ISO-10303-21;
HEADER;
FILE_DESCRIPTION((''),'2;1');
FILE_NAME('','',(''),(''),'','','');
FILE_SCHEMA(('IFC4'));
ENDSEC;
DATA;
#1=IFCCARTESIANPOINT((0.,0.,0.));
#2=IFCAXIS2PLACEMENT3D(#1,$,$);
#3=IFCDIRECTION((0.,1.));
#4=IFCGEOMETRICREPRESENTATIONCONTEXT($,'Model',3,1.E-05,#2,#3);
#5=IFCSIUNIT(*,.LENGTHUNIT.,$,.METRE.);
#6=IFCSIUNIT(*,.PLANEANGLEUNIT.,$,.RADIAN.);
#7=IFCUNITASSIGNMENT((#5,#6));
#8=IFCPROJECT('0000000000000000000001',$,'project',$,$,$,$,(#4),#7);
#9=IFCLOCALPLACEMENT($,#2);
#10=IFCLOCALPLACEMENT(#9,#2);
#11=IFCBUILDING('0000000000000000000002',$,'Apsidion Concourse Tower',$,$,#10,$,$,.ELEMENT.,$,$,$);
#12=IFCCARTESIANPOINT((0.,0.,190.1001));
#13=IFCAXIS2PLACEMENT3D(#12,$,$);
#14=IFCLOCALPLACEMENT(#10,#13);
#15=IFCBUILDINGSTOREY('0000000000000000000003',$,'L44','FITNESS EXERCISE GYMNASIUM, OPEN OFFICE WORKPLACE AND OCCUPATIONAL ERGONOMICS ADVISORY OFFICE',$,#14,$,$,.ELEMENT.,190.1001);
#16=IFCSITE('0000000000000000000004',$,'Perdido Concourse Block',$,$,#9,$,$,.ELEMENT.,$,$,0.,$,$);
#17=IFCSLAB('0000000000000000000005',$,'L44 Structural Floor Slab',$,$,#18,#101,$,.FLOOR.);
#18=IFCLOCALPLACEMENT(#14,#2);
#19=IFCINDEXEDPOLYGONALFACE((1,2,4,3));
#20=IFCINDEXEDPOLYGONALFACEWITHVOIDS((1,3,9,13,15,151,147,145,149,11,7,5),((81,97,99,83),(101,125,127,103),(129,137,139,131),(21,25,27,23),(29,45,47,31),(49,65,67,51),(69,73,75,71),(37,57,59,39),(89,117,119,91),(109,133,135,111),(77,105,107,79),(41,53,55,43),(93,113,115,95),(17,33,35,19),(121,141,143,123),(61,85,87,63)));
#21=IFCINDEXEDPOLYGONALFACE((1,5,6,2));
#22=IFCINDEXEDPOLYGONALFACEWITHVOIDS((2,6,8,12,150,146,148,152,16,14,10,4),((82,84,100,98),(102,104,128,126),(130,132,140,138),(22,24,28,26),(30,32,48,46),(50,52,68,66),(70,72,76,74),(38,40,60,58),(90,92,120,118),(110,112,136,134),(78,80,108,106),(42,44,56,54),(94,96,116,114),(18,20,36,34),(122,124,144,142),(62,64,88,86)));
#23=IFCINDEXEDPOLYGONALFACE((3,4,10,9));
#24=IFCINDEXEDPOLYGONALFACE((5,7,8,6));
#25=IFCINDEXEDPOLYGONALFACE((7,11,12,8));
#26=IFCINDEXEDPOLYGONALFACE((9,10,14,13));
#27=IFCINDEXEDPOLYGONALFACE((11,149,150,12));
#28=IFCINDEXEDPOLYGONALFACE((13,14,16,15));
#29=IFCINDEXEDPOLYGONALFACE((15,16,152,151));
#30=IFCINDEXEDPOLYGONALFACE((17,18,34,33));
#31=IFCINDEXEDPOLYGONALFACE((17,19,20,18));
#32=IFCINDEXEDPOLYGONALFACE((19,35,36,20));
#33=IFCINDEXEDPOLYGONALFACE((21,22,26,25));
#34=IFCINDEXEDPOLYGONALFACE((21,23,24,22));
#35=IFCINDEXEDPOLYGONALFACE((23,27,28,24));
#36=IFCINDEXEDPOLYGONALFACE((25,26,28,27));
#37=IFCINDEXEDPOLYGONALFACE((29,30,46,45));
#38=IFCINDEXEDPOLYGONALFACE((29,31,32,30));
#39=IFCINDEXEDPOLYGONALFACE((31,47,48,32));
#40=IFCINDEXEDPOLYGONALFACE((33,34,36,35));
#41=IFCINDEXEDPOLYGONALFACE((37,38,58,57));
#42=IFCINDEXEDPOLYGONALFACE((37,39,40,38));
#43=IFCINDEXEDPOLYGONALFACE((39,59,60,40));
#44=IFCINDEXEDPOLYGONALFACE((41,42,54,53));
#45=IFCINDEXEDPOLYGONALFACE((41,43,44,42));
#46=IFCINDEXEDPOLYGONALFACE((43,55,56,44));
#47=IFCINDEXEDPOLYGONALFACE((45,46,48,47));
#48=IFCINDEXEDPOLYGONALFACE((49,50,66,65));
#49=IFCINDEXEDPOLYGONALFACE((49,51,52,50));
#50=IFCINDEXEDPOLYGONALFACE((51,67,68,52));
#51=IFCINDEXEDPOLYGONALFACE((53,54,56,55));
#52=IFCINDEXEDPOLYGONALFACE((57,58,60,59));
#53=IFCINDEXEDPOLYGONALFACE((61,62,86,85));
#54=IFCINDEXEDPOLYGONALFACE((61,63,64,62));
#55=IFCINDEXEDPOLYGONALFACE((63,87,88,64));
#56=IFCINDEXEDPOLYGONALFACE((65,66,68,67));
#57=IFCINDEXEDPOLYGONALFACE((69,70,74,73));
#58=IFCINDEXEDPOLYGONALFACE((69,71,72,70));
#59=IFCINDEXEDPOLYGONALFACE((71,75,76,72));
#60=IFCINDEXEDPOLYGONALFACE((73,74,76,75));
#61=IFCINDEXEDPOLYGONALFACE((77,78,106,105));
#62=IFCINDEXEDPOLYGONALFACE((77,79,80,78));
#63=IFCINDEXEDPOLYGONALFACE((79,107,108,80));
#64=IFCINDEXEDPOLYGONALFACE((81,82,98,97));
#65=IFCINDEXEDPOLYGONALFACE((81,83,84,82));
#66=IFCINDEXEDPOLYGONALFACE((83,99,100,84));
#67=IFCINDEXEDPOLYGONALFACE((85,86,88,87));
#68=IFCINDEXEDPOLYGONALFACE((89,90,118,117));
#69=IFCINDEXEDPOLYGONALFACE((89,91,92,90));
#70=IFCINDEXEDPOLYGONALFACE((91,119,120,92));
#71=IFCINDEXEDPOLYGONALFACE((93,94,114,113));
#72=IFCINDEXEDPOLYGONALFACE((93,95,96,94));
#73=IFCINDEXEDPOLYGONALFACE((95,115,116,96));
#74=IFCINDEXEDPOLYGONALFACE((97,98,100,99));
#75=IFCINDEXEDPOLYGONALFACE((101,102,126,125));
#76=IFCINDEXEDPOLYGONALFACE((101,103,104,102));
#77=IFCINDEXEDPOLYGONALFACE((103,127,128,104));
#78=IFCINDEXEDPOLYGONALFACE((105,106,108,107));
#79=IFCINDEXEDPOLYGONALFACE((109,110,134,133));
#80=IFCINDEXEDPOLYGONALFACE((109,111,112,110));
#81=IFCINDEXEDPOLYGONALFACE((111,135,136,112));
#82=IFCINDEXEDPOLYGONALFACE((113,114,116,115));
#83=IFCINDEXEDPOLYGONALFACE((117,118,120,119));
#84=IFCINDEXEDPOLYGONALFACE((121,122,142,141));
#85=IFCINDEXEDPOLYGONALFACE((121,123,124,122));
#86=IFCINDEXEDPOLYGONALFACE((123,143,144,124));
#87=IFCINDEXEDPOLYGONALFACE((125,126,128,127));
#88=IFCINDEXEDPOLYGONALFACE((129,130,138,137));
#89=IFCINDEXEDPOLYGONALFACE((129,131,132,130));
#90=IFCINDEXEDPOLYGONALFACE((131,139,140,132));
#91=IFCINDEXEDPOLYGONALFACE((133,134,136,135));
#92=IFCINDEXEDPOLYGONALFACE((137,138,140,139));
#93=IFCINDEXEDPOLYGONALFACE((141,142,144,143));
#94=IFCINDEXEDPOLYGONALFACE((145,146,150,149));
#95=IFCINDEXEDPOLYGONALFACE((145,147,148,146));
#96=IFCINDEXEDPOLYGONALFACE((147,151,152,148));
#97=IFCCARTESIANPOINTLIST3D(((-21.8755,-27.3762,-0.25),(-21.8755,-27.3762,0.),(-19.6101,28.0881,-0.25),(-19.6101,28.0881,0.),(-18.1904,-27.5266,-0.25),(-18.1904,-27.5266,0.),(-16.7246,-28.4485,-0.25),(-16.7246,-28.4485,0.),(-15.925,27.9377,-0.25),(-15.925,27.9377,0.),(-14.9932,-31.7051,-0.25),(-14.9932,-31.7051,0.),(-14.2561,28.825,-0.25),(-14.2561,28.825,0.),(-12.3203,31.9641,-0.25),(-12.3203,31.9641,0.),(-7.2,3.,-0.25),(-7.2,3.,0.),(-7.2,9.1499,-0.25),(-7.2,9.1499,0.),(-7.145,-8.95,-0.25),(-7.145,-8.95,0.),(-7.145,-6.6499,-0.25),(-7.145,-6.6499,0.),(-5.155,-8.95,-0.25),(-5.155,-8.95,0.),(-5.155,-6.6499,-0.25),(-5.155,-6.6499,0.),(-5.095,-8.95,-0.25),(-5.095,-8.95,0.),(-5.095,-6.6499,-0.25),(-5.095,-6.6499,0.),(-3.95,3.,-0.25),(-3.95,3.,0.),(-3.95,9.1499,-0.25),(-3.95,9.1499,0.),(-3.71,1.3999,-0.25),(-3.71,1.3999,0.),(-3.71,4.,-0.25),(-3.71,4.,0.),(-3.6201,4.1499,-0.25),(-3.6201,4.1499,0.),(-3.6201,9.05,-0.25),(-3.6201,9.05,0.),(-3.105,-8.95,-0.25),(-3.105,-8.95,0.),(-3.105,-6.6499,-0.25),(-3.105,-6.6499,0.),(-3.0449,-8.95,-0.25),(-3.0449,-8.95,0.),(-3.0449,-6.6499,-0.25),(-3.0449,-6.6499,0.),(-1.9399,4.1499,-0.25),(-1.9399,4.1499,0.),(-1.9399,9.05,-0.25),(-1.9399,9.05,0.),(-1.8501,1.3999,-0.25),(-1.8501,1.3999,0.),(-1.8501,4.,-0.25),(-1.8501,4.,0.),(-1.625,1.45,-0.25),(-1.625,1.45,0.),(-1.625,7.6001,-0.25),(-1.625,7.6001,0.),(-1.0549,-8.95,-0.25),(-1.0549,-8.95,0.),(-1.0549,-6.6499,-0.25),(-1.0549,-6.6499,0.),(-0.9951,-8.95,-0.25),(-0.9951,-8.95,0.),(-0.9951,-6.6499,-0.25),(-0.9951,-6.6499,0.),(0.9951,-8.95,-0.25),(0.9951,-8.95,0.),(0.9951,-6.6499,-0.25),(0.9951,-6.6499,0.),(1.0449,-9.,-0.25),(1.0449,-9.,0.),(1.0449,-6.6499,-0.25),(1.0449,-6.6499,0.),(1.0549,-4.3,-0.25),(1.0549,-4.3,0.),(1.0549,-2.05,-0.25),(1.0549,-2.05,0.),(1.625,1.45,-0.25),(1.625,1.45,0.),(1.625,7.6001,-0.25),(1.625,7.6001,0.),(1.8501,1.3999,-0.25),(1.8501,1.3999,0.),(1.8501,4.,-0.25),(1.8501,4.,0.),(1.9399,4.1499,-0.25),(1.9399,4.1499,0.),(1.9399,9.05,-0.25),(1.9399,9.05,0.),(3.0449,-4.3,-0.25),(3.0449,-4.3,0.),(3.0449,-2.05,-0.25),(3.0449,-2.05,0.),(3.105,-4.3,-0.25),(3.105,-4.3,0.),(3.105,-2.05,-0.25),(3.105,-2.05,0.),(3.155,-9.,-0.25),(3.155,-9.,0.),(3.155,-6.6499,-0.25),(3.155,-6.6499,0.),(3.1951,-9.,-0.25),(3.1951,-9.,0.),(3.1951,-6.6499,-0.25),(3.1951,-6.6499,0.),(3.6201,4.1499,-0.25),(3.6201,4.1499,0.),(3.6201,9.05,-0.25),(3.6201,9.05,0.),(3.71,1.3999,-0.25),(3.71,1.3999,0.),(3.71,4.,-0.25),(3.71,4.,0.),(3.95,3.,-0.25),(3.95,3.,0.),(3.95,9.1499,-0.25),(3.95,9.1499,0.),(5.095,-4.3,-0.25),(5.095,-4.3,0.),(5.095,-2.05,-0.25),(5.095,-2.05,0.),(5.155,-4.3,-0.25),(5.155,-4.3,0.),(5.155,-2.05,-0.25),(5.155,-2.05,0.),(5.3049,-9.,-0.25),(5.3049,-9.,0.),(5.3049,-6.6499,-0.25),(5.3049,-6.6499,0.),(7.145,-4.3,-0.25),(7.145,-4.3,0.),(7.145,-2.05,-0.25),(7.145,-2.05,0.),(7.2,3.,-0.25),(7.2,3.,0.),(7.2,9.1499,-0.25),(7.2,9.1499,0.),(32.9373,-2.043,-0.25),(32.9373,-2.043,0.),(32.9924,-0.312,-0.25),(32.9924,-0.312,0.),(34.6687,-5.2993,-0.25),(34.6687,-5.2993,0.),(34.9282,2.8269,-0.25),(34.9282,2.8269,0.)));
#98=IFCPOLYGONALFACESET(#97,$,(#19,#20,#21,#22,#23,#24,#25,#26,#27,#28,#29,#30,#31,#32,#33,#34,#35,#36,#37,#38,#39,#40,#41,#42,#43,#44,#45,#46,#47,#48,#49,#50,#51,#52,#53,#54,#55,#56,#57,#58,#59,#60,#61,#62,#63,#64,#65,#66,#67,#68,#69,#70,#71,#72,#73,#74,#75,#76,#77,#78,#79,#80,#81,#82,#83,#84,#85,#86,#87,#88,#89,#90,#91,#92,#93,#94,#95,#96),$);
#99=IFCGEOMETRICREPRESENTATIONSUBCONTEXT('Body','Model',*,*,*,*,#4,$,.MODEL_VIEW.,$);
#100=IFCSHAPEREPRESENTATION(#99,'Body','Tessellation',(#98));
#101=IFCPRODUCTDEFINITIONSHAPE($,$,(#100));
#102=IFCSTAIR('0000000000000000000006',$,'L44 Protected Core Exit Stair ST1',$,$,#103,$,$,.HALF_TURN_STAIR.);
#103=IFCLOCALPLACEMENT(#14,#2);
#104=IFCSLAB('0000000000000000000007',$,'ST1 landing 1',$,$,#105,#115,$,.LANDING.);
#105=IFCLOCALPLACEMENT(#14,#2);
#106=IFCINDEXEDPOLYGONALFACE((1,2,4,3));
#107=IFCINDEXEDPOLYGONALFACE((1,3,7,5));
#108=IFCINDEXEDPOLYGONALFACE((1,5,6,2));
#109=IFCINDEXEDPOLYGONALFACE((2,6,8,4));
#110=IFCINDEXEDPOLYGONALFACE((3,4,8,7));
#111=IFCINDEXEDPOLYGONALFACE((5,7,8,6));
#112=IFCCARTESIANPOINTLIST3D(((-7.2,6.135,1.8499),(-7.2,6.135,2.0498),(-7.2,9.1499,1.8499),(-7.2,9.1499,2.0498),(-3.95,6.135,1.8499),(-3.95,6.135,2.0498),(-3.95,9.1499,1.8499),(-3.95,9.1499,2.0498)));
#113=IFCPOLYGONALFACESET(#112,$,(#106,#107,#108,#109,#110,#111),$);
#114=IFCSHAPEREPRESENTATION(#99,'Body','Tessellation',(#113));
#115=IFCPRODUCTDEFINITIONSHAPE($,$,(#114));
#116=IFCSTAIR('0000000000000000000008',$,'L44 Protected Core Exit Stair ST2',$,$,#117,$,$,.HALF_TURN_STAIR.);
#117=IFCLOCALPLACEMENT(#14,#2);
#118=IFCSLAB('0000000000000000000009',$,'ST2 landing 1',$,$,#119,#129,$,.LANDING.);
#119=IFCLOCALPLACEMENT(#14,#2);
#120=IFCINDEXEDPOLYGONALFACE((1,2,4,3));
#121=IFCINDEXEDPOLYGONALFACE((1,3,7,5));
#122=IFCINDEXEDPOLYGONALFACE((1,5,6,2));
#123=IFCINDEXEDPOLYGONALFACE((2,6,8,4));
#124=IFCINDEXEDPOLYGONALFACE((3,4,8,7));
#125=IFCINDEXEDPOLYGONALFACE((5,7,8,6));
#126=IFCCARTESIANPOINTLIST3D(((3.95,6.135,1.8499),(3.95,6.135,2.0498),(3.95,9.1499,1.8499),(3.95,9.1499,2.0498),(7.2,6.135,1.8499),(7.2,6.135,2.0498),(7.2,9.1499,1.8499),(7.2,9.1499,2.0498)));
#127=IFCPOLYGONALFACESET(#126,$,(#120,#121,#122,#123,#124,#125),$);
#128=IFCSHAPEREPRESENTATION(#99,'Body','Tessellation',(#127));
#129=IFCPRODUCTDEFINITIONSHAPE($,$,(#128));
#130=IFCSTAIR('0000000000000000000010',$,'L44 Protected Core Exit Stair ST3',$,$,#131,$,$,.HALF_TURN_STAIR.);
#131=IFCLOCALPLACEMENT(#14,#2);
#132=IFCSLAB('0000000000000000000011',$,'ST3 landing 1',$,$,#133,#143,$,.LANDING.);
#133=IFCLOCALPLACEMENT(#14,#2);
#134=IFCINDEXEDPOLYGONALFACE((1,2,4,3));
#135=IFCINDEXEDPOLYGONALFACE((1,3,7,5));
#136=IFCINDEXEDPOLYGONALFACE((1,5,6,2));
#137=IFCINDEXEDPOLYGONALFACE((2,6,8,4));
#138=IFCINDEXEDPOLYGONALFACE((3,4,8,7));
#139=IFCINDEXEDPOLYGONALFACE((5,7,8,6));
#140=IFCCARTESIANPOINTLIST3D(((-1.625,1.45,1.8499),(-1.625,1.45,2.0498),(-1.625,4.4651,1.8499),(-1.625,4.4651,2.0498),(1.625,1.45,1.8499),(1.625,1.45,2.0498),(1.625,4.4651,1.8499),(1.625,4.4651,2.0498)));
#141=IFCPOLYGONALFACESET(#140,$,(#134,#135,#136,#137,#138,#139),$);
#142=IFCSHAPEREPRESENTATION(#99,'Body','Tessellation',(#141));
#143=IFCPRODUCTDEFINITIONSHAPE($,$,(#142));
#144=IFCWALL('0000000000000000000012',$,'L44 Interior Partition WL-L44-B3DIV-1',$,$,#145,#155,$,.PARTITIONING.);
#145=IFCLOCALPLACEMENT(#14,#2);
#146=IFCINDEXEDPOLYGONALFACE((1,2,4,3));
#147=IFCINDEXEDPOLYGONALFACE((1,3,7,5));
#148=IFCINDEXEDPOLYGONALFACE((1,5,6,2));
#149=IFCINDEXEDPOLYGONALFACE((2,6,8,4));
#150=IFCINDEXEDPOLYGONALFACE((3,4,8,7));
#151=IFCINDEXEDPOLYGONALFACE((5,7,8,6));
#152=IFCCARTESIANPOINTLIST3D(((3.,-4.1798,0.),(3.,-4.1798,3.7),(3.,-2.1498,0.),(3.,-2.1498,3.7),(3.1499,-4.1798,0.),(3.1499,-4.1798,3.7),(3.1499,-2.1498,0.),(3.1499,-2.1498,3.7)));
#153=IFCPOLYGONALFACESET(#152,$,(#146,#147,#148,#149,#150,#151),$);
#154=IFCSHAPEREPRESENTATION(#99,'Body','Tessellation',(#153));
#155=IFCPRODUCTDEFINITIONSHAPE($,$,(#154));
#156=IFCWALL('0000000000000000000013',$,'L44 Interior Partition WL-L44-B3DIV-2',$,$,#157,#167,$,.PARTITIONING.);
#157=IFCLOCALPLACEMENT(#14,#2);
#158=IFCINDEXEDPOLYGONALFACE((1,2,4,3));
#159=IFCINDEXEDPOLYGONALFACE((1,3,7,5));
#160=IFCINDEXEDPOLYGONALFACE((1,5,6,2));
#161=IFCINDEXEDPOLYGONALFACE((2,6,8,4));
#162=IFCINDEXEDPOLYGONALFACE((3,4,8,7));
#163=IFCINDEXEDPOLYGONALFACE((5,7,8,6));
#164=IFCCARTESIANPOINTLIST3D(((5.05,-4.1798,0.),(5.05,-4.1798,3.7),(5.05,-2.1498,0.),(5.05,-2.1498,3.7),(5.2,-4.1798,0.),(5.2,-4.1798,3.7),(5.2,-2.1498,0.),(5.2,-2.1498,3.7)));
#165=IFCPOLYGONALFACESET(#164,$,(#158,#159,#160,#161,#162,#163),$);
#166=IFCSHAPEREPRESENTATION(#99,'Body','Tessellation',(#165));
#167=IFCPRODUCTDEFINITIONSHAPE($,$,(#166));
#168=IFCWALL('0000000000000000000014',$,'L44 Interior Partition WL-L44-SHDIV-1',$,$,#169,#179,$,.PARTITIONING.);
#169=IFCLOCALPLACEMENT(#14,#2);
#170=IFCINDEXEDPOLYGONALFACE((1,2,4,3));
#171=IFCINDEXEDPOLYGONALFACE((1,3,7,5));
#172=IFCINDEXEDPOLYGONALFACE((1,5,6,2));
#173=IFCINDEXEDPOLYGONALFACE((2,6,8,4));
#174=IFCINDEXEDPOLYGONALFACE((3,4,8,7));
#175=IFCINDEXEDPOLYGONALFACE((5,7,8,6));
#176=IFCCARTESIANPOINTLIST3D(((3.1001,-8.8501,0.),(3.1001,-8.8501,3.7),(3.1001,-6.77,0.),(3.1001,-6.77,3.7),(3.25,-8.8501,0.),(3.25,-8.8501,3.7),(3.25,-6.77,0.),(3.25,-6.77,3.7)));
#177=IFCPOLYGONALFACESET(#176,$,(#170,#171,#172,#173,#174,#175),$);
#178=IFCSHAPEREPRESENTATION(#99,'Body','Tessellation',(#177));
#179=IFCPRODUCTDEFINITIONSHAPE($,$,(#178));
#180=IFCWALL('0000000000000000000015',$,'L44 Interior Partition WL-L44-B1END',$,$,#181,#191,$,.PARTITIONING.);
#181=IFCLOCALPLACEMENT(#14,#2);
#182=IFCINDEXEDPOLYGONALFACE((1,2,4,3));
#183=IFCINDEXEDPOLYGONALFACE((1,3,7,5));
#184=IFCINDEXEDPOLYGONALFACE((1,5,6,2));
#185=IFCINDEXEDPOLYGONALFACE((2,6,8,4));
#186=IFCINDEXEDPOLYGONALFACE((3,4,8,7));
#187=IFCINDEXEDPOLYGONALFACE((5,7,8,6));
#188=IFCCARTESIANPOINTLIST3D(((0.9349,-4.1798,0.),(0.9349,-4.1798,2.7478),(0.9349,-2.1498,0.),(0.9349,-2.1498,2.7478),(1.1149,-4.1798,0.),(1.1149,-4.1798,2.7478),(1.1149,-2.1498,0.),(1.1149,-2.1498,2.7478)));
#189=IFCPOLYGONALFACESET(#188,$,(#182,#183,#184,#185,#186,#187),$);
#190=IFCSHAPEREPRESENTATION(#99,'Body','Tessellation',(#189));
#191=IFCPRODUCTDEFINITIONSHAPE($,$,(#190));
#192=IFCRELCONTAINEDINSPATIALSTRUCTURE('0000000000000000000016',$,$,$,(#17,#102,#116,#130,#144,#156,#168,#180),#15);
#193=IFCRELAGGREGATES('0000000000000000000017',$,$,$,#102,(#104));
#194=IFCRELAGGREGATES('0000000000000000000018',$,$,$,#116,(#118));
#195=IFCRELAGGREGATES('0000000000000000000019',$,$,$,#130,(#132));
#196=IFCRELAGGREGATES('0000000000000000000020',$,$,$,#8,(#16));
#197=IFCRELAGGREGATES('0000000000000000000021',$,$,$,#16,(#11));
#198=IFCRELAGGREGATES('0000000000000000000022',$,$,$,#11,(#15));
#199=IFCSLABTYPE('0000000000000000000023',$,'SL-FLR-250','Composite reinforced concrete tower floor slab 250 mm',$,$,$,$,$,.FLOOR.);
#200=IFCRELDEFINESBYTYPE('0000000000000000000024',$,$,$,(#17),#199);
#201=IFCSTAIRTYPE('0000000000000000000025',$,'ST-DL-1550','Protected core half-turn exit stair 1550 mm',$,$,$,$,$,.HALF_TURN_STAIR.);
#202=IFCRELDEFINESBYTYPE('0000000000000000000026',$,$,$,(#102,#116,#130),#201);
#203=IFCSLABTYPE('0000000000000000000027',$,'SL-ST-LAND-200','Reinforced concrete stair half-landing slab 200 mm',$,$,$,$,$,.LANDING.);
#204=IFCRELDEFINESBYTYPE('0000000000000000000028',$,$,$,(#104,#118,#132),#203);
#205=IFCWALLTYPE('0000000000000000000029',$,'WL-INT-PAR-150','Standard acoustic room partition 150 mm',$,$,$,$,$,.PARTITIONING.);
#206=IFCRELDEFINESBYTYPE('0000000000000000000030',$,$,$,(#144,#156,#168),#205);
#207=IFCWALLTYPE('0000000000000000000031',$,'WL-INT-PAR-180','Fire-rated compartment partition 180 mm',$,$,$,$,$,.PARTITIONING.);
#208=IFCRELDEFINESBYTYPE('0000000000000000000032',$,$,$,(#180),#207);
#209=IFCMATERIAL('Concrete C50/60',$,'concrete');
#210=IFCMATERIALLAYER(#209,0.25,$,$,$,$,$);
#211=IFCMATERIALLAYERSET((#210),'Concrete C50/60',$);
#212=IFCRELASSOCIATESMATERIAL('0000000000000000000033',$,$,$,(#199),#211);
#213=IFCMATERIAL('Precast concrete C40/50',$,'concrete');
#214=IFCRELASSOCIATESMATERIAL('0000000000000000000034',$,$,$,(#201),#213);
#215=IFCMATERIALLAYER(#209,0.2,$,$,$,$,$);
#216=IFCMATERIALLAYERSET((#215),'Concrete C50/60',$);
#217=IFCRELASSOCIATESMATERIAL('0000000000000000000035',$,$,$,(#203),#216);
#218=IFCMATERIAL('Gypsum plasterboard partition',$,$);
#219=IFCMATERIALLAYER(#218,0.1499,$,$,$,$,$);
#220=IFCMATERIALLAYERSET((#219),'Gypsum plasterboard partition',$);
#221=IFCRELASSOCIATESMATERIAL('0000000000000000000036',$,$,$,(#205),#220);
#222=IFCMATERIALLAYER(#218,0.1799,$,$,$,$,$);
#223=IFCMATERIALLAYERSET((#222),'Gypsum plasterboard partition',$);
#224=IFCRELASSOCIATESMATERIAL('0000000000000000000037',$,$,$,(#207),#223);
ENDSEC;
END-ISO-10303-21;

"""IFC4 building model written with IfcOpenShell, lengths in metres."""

from ifc_helpers import new_model, si_unit, direction, frame, frame_2d, origin, place, context, subcontext, project, spatial, polyline, rectangle, outline, extrude, material, layer, layer_set, type_object, element, aggregate, save


model = new_model("IFC4")

# Units and contexts
model_context = context("Model", 3, precision=1e-05, world=origin(), true_north=direction((0.0, 1.0)))
body_context = subcontext(model_context, "Body", "Model", "MODEL_VIEW")
ifc_project = project(units=[si_unit("LENGTHUNIT", "METRE"), si_unit("PLANEANGLEUNIT", "RADIAN")], contexts=[model_context])

# Site, building, storey
site_placement = place(None, origin())
site = spatial("IfcSite", under=ifc_project, at=site_placement, Name="Perdido Concourse Block", CompositionType="ELEMENT", RefElevation=0.0)
building_placement = place(site_placement, origin())
building = spatial("IfcBuilding", under=site, at=building_placement, Name="Apsidion Concourse Tower", CompositionType="ELEMENT")
storey_placement = place(building_placement, frame((0.0, 0.0, 190.1001)))
storey = spatial("IfcBuildingStorey", under=building, at=storey_placement, Name="L44", Description="FITNESS EXERCISE GYMNASIUM, OPEN OFFICE WORKPLACE AND OCCUPATIONAL ERGONOMICS ADVISORY OFFICE", CompositionType="ELEMENT", Elevation=190.1001)

# Shared definitions
ifc_material_1 = material(Name="Concrete C50/60", Category="concrete")

# Slab
ifc_layer_1 = layer(ifc_material_1, 0.25)
ifc_layer_set_1 = layer_set([ifc_layer_1], Name="Concrete C50/60")
slab_type_1 = type_object("IfcSlabType", Name="SL-FLR-250", Description="Composite reinforced concrete tower floor slab 250 mm", PredefinedType="FLOOR", material=ifc_layer_set_1)
slab_1_placement = place(storey_placement, frame((0.0, 0.0, -0.25)))
element("IfcSlab", 1, at=slab_1_placement, inside=storey, type_object=slab_type_1, Name="L44 Structural Floor Slab", PredefinedType="FLOOR", context=body_context, shape_type="SweptSolid", body=[
    extrude(outline(polyline([(-12.3203, 31.9641), (-14.2561, 28.825), (-15.925, 27.9377), (-19.6101, 28.0881), (-21.8755, -27.3762), (-18.1904, -27.5266), (-16.7246, -28.4485), (-14.9932, -31.7051), (34.6687, -5.2993), (32.9373, -2.043), (32.9924, -0.312), (34.9282, 2.8269), (-12.3203, 31.9641)]), holes=[polyline([(-3.95, 3.0), (-3.95, 9.1499), (-7.2, 9.1499), (-7.2, 3.0), (-3.95, 3.0)]), polyline([(7.2, 3.0), (7.2, 9.1499), (3.95, 9.1499), (3.95, 3.0), (7.2, 3.0)]), polyline([(-1.625, 7.6001), (-1.625, 1.45), (1.625, 1.45), (1.625, 7.6001), (-1.625, 7.6001)]), polyline([(1.0549, -4.3), (3.0449, -4.3), (3.0449, -2.05), (1.0549, -2.05), (1.0549, -4.3)]), polyline([(3.105, -4.3), (5.095, -4.3), (5.095, -2.05), (3.105, -2.05), (3.105, -4.3)]), polyline([(5.155, -4.3), (7.145, -4.3), (7.145, -2.05), (5.155, -2.05), (5.155, -4.3)]), polyline([(-7.145, -8.95), (-5.155, -8.95), (-5.155, -6.6499), (-7.145, -6.6499), (-7.145, -8.95)]), polyline([(-5.095, -8.95), (-3.105, -8.95), (-3.105, -6.6499), (-5.095, -6.6499), (-5.095, -8.95)]), polyline([(-3.0449, -8.95), (-1.0549, -8.95), (-1.0549, -6.6499), (-3.0449, -6.6499), (-3.0449, -8.95)]), polyline([(-0.9951, -8.95), (0.9951, -8.95), (0.9951, -6.6499), (-0.9951, -6.6499), (-0.9951, -8.95)]), polyline([(1.0449, -9.0), (3.155, -9.0), (3.155, -6.6499), (1.0449, -6.6499), (1.0449, -9.0)]), polyline([(3.1951, -9.0), (5.3049, -9.0), (5.3049, -6.6499), (3.1951, -6.6499), (3.1951, -9.0)]), polyline([(-3.71, 1.3999), (-1.8501, 1.3999), (-1.8501, 4.0), (-3.71, 4.0), (-3.71, 1.3999)]), polyline([(1.8501, 1.3999), (3.71, 1.3999), (3.71, 4.0), (1.8501, 4.0), (1.8501, 1.3999)]), polyline([(-3.6201, 4.1499), (-1.9399, 4.1499), (-1.9399, 9.05), (-3.6201, 9.05), (-3.6201, 4.1499)]), polyline([(1.9399, 4.1499), (3.6201, 4.1499), (3.6201, 9.05), (1.9399, 9.05), (1.9399, 4.1499)])]), origin(), (0.0, 0.0, 1.0), 0.25),
])

# Stairs, slabs
ifc_material_2 = material(Name="Precast concrete C40/50", Category="concrete")
stair_type = type_object("IfcStairType", Name="ST-DL-1550", Description="Protected core half-turn exit stair 1550 mm", PredefinedType="HALF_TURN_STAIR", material=ifc_material_2)
stair_1_placement = place(storey_placement, origin())
stair_1 = element("IfcStair", 2, at=stair_1_placement, inside=storey, type_object=stair_type, Name="L44 Protected Core Exit Stair ST1", PredefinedType="HALF_TURN_STAIR")
ifc_layer_2 = layer(ifc_material_1, 0.2)
ifc_layer_set_2 = layer_set([ifc_layer_2], Name="Concrete C50/60")
slab_type_2 = type_object("IfcSlabType", Name="SL-ST-LAND-200", Description="Reinforced concrete stair half-landing slab 200 mm", PredefinedType="LANDING", material=ifc_layer_set_2)
slab_2_placement = place(storey_placement, frame((0.0, 0.0, 1.8499)))
slab_2 = element("IfcSlab", 3, at=slab_2_placement, type_object=slab_type_2, Name="ST1 landing 1", PredefinedType="LANDING", context=body_context, shape_type="SweptSolid", body=[
    extrude(outline(polyline([(-3.95, 6.135), (-3.95, 9.1499), (-7.2, 9.1499), (-7.2, 6.135), (-3.95, 6.135)])), origin(), (0.0, 0.0, 1.0), 0.2),
])
aggregate(stair_1, [slab_2])
stair_2_placement = place(storey_placement, origin())
stair_2 = element("IfcStair", 4, at=stair_2_placement, inside=storey, type_object=stair_type, Name="L44 Protected Core Exit Stair ST2", PredefinedType="HALF_TURN_STAIR")
slab_3_placement = place(storey_placement, frame((0.0, 0.0, 1.8499)))
slab_3 = element("IfcSlab", 5, at=slab_3_placement, type_object=slab_type_2, Name="ST2 landing 1", PredefinedType="LANDING", context=body_context, shape_type="SweptSolid", body=[
    extrude(outline(polyline([(7.2, 6.135), (7.2, 9.1499), (3.95, 9.1499), (3.95, 6.135), (7.2, 6.135)])), origin(), (0.0, 0.0, 1.0), 0.2),
])
aggregate(stair_2, [slab_3])
stair_3_placement = place(storey_placement, origin())
stair_3 = element("IfcStair", 6, at=stair_3_placement, inside=storey, type_object=stair_type, Name="L44 Protected Core Exit Stair ST3", PredefinedType="HALF_TURN_STAIR")
slab_4_placement = place(storey_placement, frame((0.0, 0.0, 1.8499)))
slab_4 = element("IfcSlab", 7, at=slab_4_placement, type_object=slab_type_2, Name="ST3 landing 1", PredefinedType="LANDING", context=body_context, shape_type="SweptSolid", body=[
    extrude(outline(polyline([(-1.625, 4.4651), (-1.625, 1.45), (1.625, 1.45), (1.625, 4.4651), (-1.625, 4.4651)])), origin(), (0.0, 0.0, 1.0), 0.2),
])
aggregate(stair_3, [slab_4])

# Walls
ifc_material_3 = material(Name="Gypsum plasterboard partition")
ifc_layer_3 = layer(ifc_material_3, 0.1499)
ifc_layer_set_3 = layer_set([ifc_layer_3], Name="Gypsum plasterboard partition")
wall_type_1 = type_object("IfcWallType", Name="WL-INT-PAR-150", Description="Standard acoustic room partition 150 mm", PredefinedType="PARTITIONING", material=ifc_layer_set_3)
for number, where, z_axis, x_axis, name in (
    (8, (3.075, -4.1799, 0.0), (0.0, 0.0, 1.0), (0.0, 1.0, 0.0), "L44 Interior Partition WL-L44-B3DIV-1"),
    (9, (5.125, -4.1799, 0.0), (0.0, 0.0, 1.0), (0.0, 1.0, 0.0), "L44 Interior Partition WL-L44-B3DIV-2"),
):
    element("IfcWall", number, at=place(storey_placement, frame(where, z_axis=z_axis, x_axis=x_axis)), inside=storey, type_object=wall_type_1, Name=name, PredefinedType="PARTITIONING", context=body_context, shape_type="SweptSolid", body=[
        extrude(rectangle(XDim=2.03, YDim=0.1499, at=frame_2d((1.0151, 0.0))), origin(), (0.0, 0.0, 1.0), 3.7),
    ])
wall_1_placement = place(storey_placement, frame((3.175, -8.8501, 0.0), z_axis=(0.0, 0.0, 1.0), x_axis=(0.0, 1.0, 0.0)))
element("IfcWall", 10, at=wall_1_placement, inside=storey, type_object=wall_type_1, Name="L44 Interior Partition WL-L44-SHDIV-1", PredefinedType="PARTITIONING", context=body_context, shape_type="SweptSolid", body=[
    extrude(rectangle(XDim=2.0801, YDim=0.1499, at=frame_2d((1.04, 0.0))), origin(), (0.0, 0.0, 1.0), 3.7),
])
ifc_layer_4 = layer(ifc_material_3, 0.1799)
ifc_layer_set_4 = layer_set([ifc_layer_4], Name="Gypsum plasterboard partition")
wall_type_2 = type_object("IfcWallType", Name="WL-INT-PAR-180", Description="Fire-rated compartment partition 180 mm", PredefinedType="PARTITIONING", material=ifc_layer_set_4)
wall_2_placement = place(storey_placement, frame((1.0249, -4.1799, 0.0), z_axis=(0.0, 0.0, 1.0), x_axis=(0.0, 1.0, 0.0)))
element("IfcWall", 11, at=wall_2_placement, inside=storey, type_object=wall_type_2, Name="L44 Interior Partition WL-L44-B1END", PredefinedType="PARTITIONING", context=body_context, shape_type="SweptSolid", body=[
    extrude(rectangle(XDim=2.03, YDim=0.1799, at=frame_2d((1.0151, 0.0))), origin(), (0.0, 0.0, 1.0), 2.7478),
])

save(model, "model.ifc")
